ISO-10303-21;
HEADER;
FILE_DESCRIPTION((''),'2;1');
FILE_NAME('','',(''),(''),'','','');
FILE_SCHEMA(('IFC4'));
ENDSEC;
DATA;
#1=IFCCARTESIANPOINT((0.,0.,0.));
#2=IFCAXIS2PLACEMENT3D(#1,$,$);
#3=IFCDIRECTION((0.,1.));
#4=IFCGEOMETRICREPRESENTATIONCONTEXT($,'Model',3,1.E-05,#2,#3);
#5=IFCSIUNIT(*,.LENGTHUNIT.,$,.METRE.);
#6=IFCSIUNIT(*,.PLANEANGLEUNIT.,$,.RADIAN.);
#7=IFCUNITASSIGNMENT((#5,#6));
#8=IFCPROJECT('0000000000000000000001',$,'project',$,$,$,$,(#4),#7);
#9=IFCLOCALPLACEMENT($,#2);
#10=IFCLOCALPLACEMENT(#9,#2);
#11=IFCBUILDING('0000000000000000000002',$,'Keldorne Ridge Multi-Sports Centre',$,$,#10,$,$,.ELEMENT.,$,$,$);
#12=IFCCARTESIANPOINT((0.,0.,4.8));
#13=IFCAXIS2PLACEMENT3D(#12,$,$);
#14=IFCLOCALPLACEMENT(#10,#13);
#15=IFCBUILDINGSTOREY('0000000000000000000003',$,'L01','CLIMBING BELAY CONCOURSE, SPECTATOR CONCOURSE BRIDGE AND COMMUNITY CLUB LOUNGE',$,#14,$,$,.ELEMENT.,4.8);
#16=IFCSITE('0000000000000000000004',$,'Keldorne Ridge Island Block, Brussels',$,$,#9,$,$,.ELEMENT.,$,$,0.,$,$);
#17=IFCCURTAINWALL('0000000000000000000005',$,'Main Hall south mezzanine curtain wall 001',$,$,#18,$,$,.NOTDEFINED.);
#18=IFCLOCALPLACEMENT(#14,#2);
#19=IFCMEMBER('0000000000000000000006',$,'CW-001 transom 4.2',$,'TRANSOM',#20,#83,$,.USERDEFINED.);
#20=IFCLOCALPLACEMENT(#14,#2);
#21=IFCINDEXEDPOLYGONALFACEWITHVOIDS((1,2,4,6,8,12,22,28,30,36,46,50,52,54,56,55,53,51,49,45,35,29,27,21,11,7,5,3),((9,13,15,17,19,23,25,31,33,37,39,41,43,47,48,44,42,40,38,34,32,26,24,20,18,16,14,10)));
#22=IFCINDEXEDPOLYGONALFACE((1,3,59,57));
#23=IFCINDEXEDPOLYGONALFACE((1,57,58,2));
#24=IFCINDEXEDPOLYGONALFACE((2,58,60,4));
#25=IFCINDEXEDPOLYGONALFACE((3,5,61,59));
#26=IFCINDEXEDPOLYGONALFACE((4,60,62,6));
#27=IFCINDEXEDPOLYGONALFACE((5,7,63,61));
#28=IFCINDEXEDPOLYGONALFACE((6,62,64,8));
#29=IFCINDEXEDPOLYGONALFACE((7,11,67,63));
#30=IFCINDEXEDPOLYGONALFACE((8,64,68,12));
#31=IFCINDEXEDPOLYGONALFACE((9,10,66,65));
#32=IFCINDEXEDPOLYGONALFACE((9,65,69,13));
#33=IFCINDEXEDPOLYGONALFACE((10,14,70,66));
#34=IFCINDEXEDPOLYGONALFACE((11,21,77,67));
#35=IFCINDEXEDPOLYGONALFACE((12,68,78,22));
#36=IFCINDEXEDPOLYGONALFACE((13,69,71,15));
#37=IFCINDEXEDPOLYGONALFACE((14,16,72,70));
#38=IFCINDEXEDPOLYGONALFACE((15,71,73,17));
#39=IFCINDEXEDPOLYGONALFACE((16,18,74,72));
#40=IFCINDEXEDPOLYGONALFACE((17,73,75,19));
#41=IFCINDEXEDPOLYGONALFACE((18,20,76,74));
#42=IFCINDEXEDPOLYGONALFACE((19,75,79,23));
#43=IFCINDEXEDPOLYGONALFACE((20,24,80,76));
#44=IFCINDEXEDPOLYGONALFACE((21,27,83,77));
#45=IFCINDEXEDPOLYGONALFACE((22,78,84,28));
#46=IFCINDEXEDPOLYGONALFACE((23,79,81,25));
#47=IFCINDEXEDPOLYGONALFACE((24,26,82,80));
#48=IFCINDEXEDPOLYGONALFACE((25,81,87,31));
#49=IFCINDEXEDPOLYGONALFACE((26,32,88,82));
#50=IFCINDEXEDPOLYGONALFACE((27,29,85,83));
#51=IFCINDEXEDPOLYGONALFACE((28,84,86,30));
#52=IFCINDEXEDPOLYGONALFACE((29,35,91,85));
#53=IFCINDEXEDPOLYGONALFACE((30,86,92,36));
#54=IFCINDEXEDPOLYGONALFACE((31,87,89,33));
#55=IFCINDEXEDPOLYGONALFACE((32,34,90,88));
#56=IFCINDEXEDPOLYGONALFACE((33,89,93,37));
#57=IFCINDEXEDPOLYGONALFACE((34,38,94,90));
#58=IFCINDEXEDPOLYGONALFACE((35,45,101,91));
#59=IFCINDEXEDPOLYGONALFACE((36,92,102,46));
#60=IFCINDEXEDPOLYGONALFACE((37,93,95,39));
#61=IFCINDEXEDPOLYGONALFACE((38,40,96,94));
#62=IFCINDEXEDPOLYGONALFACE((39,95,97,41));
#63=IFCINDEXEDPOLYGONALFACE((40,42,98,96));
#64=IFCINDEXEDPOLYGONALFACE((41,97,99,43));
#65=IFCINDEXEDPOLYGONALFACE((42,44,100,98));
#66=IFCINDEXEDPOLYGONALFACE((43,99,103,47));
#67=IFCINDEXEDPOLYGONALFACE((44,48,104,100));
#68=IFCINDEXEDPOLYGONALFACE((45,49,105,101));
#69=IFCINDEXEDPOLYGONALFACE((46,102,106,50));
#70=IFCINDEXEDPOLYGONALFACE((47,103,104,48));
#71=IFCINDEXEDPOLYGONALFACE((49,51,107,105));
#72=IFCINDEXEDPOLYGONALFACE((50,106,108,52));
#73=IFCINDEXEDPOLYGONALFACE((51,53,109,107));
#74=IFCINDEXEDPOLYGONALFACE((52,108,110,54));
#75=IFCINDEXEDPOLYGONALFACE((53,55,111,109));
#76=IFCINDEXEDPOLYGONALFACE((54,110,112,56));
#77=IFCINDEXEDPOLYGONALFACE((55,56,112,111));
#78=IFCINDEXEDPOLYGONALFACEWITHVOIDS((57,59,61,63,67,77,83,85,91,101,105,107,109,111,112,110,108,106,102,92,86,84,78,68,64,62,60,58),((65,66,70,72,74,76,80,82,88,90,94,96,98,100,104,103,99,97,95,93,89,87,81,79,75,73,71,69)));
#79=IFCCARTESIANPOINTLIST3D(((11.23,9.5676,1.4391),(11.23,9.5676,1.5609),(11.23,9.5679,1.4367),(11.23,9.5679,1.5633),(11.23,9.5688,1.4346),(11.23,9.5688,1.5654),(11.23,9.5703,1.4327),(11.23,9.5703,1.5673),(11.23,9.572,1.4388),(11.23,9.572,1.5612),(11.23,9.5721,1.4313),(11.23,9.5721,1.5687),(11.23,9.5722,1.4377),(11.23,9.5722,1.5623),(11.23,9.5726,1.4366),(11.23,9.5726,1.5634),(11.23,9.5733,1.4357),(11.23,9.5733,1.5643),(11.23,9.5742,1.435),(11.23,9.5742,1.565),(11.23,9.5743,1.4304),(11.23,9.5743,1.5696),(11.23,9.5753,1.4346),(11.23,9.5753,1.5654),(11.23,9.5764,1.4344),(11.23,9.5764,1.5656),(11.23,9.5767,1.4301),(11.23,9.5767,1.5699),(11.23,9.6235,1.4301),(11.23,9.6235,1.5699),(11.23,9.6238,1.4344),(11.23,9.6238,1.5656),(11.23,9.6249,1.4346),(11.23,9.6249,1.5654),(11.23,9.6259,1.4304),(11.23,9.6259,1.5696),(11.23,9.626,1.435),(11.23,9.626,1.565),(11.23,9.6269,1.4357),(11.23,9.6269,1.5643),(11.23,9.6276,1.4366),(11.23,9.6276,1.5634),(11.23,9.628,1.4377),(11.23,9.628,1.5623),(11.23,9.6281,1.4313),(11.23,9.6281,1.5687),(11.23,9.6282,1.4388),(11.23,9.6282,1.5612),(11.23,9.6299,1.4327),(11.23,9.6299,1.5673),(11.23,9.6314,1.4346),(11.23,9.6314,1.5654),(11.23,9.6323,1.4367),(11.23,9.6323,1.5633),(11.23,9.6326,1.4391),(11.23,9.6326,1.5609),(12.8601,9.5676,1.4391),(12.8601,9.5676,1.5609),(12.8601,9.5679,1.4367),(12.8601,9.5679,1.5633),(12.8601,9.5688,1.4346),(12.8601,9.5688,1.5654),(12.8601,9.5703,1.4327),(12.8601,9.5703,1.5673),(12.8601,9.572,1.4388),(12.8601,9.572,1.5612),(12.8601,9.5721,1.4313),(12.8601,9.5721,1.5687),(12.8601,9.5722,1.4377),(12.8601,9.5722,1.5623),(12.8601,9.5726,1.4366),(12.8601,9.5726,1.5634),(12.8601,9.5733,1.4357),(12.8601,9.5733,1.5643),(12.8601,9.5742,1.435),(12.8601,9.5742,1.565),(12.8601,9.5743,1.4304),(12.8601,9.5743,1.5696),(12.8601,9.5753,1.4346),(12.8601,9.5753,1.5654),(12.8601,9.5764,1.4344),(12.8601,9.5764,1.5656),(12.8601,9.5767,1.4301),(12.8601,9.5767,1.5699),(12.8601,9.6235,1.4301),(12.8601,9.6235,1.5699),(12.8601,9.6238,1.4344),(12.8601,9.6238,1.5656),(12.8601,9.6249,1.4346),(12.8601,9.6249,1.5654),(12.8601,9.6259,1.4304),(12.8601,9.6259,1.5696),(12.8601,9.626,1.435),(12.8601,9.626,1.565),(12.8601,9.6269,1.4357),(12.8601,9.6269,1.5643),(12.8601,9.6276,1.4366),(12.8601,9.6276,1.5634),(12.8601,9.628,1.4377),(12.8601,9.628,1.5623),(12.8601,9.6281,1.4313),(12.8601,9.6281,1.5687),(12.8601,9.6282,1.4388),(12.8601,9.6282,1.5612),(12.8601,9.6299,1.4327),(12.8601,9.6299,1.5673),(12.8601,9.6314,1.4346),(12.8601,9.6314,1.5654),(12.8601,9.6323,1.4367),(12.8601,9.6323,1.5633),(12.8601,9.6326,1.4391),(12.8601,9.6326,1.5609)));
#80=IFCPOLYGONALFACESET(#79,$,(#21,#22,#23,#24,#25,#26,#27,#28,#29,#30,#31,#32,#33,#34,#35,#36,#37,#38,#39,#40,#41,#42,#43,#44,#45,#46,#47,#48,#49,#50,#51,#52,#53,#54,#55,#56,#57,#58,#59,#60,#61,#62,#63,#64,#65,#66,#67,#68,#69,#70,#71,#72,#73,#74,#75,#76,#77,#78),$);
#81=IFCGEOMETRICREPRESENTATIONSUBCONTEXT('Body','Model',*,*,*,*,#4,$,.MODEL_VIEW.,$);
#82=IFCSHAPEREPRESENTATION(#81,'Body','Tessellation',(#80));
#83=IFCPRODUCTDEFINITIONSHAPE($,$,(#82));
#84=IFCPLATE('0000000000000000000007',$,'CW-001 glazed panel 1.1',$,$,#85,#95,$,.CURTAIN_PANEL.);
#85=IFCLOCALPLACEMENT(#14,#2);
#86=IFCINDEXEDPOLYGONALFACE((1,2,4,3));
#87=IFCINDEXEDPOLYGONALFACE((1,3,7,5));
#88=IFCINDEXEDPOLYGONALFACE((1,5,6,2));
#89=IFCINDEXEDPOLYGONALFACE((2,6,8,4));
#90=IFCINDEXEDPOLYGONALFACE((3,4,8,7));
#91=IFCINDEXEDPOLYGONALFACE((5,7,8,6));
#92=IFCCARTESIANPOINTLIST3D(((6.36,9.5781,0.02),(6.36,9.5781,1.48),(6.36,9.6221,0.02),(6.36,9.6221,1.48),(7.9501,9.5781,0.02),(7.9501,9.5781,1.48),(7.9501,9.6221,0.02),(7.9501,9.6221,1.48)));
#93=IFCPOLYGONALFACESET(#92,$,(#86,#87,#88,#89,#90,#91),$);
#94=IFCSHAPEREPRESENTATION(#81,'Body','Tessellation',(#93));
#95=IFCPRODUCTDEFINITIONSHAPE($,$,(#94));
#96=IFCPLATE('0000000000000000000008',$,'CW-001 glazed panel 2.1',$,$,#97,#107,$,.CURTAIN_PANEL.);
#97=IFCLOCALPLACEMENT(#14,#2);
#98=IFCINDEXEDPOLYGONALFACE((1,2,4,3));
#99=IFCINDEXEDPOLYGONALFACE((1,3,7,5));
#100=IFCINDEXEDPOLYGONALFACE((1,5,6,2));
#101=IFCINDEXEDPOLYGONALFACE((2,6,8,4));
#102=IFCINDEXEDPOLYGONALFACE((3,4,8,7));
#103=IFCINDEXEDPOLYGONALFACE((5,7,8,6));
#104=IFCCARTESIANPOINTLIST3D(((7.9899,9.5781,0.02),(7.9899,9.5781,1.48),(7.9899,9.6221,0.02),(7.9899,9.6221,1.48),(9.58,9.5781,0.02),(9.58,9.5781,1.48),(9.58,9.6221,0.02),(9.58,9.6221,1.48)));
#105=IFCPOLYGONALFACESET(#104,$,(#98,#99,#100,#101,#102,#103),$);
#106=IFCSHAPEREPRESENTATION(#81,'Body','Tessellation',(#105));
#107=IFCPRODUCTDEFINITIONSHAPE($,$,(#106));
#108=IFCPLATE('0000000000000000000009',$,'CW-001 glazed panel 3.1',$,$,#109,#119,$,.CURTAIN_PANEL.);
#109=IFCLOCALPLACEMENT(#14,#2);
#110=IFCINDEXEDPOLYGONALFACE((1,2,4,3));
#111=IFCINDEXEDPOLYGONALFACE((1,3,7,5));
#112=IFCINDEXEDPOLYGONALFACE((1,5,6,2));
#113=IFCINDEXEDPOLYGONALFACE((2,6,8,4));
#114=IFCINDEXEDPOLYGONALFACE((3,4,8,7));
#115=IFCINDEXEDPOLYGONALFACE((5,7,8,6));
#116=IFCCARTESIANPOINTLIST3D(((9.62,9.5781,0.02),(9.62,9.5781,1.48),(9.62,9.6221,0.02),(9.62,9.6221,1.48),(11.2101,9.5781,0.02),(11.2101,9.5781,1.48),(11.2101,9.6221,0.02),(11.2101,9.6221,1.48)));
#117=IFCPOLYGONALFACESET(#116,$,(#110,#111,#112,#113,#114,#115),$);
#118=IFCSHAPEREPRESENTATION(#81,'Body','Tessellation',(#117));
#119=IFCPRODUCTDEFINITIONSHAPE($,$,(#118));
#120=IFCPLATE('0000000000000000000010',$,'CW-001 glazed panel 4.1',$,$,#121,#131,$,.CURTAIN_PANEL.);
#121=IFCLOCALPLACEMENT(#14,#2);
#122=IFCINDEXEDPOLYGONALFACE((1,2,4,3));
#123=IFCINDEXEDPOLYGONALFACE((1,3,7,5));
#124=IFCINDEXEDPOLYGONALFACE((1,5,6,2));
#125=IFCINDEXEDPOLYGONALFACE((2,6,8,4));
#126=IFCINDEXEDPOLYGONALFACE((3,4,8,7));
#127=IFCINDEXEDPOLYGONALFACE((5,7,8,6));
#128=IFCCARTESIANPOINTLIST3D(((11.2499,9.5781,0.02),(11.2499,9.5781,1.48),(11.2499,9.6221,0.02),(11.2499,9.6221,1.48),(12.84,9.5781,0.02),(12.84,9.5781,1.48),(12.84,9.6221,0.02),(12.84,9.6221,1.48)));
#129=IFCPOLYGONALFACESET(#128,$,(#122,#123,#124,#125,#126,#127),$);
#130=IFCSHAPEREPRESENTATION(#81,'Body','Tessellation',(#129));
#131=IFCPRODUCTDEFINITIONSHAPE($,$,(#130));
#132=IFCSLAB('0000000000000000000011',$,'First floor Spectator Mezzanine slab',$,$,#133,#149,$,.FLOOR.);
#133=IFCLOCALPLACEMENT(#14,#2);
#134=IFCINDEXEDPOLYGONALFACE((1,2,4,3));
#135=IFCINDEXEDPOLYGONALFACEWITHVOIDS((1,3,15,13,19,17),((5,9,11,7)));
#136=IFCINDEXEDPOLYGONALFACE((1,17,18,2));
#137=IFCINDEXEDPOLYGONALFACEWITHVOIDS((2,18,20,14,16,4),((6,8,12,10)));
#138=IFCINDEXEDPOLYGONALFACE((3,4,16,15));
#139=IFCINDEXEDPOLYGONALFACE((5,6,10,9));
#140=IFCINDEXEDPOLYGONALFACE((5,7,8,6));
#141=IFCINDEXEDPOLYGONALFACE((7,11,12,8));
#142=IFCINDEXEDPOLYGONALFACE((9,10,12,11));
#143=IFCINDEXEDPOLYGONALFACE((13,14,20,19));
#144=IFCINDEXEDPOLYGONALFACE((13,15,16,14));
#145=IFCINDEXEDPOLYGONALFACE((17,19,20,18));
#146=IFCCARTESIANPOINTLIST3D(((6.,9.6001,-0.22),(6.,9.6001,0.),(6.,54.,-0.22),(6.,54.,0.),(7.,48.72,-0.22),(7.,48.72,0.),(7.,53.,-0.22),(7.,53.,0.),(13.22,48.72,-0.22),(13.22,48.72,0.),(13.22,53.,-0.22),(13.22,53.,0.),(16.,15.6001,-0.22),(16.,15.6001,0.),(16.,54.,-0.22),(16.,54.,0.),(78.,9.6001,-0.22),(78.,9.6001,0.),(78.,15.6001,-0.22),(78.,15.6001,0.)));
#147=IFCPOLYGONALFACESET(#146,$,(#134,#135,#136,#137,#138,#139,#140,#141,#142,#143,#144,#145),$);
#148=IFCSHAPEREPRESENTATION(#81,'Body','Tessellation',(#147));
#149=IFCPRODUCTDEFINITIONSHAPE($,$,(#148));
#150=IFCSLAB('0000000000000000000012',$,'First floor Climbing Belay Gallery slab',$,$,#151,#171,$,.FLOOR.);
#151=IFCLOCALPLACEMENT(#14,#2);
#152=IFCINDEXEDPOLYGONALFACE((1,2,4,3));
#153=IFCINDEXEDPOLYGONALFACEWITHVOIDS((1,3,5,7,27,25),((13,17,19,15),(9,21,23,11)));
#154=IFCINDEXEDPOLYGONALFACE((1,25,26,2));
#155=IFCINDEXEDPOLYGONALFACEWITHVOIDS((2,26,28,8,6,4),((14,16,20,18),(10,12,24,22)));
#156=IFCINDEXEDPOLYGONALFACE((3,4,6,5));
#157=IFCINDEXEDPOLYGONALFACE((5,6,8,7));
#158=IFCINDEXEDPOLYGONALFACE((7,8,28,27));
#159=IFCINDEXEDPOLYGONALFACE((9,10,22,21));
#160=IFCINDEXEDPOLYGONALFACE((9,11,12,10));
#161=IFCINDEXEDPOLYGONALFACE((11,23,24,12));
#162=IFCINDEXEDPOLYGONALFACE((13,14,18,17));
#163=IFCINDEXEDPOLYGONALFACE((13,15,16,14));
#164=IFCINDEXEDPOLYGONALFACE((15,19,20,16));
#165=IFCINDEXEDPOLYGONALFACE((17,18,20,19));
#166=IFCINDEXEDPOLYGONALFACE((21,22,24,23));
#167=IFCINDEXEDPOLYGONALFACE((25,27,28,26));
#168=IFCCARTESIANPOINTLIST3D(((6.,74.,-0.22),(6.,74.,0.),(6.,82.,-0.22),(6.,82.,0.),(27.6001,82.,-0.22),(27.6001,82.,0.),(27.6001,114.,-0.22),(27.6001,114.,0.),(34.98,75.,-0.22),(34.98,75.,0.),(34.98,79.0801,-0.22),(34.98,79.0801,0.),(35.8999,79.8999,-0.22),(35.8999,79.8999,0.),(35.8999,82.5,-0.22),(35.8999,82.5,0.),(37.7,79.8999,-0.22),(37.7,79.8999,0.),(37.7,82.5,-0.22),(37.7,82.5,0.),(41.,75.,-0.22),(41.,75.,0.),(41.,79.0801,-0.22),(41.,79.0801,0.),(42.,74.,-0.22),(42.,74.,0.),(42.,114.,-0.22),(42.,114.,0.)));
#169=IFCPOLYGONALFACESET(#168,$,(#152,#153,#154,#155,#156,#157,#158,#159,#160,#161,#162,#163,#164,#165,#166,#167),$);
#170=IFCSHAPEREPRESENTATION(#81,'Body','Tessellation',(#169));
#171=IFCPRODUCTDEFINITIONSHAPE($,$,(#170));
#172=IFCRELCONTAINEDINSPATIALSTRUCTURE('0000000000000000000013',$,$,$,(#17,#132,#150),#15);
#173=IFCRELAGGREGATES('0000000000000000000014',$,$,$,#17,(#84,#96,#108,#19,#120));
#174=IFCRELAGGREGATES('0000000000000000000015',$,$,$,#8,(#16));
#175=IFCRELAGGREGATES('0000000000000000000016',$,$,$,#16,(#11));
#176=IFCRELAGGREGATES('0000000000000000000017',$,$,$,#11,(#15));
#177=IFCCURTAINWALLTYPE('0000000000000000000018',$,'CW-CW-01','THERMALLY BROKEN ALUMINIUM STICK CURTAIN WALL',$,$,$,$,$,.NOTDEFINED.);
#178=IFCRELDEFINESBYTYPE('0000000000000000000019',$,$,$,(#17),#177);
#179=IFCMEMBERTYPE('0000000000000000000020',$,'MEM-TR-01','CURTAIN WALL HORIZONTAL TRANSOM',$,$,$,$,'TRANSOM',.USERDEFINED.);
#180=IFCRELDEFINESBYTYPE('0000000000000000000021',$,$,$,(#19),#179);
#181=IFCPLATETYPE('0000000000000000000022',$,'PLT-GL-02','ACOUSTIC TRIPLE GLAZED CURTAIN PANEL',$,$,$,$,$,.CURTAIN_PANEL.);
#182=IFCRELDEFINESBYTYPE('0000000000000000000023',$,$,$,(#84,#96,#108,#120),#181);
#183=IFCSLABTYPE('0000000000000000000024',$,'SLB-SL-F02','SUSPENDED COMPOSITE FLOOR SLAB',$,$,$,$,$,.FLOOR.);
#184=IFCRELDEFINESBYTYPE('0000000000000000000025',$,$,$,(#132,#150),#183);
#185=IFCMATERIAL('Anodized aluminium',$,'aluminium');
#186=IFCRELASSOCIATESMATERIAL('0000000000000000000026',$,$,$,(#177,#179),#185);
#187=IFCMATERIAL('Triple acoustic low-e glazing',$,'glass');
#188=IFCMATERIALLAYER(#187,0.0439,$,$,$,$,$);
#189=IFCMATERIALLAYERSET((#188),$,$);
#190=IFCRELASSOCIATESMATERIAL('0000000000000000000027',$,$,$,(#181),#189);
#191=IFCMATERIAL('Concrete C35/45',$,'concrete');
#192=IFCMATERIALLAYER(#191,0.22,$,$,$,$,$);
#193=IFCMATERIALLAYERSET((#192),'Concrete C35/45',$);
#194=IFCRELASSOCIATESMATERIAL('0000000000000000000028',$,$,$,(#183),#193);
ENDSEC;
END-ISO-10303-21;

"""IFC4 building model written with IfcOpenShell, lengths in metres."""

from ifc_helpers import new_model, si_unit, direction, frame, origin, origin_2d, place, context, subcontext, project, spatial, polyline, rectangle, hollow_rectangle, outline, extrude, material, layer, layer_set, material_profile, profile_set, type_object, element, aggregate, save


model = new_model("IFC4")

# Units and contexts
model_context = context("Model", 3, precision=1e-05, world=origin(), true_north=direction((0.0, 1.0)))
body_context = subcontext(model_context, "Body", "Model", "MODEL_VIEW")
ifc_project = project(units=[si_unit("LENGTHUNIT", "METRE"), si_unit("PLANEANGLEUNIT", "RADIAN")], contexts=[model_context])

# Site, building, storey
site_placement = place(None, origin())
site = spatial("IfcSite", under=ifc_project, at=site_placement, Name="Keldorne Ridge Island Block, Brussels", CompositionType="ELEMENT", RefElevation=0.0)
building_placement = place(site_placement, origin())
building = spatial("IfcBuilding", under=site, at=building_placement, Name="Keldorne Ridge Multi-Sports Centre", CompositionType="ELEMENT")
storey_placement = place(building_placement, frame((0.0, 0.0, 4.8)))
storey = spatial("IfcBuildingStorey", under=building, at=storey_placement, Name="L01", Description="CLIMBING BELAY CONCOURSE, SPECTATOR CONCOURSE BRIDGE AND COMMUNITY CLUB LOUNGE", CompositionType="ELEMENT", Elevation=4.8)

# Curtain wall, member, plates
ifc_material_1 = material(Name="Anodized aluminium", Category="aluminium")
curtain_wall_type = type_object("IfcCurtainWallType", Name="CW-CW-01", Description="THERMALLY BROKEN ALUMINIUM STICK CURTAIN WALL", PredefinedType="NOTDEFINED", material=ifc_material_1)
curtain_wall_placement = place(storey_placement, origin())
curtain_wall = element("IfcCurtainWall", 1, at=curtain_wall_placement, inside=storey, type_object=curtain_wall_type, Name="Main Hall south mezzanine curtain wall 001", PredefinedType="NOTDEFINED")
ifc_material_profile_1 = material_profile(ifc_material_1, hollow_rectangle(XDim=0.0649, YDim=0.1399, WallThickness=0.0044, InnerFilletRadius=0.0044, OuterFilletRadius=0.009, at=origin_2d()), Name="ALU TRANSOM 140x65x4.5")
ifc_profile_set_1 = profile_set([ifc_material_profile_1], Name="Anodized aluminium")
member_type_1 = type_object("IfcMemberType", Name="MEM-TR-01", Description="CURTAIN WALL HORIZONTAL TRANSOM", ElementType="TRANSOM", PredefinedType="USERDEFINED", material=ifc_profile_set_1)
member_1_placement = place(storey_placement, frame((11.23, 9.6001, 1.5), z_axis=(1.0, 0.0, 0.0), x_axis=(0.0, 1.0, 0.0)))
member_1 = element("IfcMember", 2, at=member_1_placement, type_object=member_type_1, Name="CW-001 transom 4.2", ObjectType="TRANSOM", PredefinedType="USERDEFINED", context=body_context, shape_type="SweptSolid", body=[
    extrude(hollow_rectangle(XDim=0.0649, YDim=0.1399, WallThickness=0.0044, InnerFilletRadius=0.0044, OuterFilletRadius=0.009, at=origin_2d()), origin(), (0.0, 0.0, 1.0), 1.6301),
])
ifc_material_2 = material(Name="Triple acoustic low-e glazing", Category="glass")
ifc_layer_1 = layer(ifc_material_2, 0.0439)
ifc_layer_set_1 = layer_set([ifc_layer_1])
plate_type = type_object("IfcPlateType", Name="PLT-GL-02", Description="ACOUSTIC TRIPLE GLAZED CURTAIN PANEL", PredefinedType="CURTAIN_PANEL", material=ifc_layer_set_1)
plate_1_placement = place(storey_placement, frame((7.155, 9.6001, 0.02), z_axis=(0.0, 0.0, 1.0), x_axis=(1.0, 0.0, 0.0)))
plate_1 = element("IfcPlate", 3, at=plate_1_placement, type_object=plate_type, Name="CW-001 glazed panel 1.1", PredefinedType="CURTAIN_PANEL", context=body_context, shape_type="SweptSolid", body=[
    extrude(rectangle(XDim=1.5901, YDim=0.0439, at=origin_2d()), origin(), (0.0, 0.0, 1.0), 1.46),
])
plate_2_placement = place(storey_placement, frame((8.7849, 9.6001, 0.02), z_axis=(0.0, 0.0, 1.0), x_axis=(1.0, 0.0, 0.0)))
plate_2 = element("IfcPlate", 4, at=plate_2_placement, type_object=plate_type, Name="CW-001 glazed panel 2.1", PredefinedType="CURTAIN_PANEL", context=body_context, shape_type="SweptSolid", body=[
    extrude(rectangle(XDim=1.5901, YDim=0.0439, at=origin_2d()), origin(), (0.0, 0.0, 1.0), 1.46),
])
plate_3_placement = place(storey_placement, frame((10.415, 9.6001, 0.02), z_axis=(0.0, 0.0, 1.0), x_axis=(1.0, 0.0, 0.0)))
plate_3 = element("IfcPlate", 5, at=plate_3_placement, type_object=plate_type, Name="CW-001 glazed panel 3.1", PredefinedType="CURTAIN_PANEL", context=body_context, shape_type="SweptSolid", body=[
    extrude(rectangle(XDim=1.5901, YDim=0.0439, at=origin_2d()), origin(), (0.0, 0.0, 1.0), 1.46),
])
plate_4_placement = place(storey_placement, frame((12.0449, 9.6001, 0.02), z_axis=(0.0, 0.0, 1.0), x_axis=(1.0, 0.0, 0.0)))
plate_4 = element("IfcPlate", 6, at=plate_4_placement, type_object=plate_type, Name="CW-001 glazed panel 4.1", PredefinedType="CURTAIN_PANEL", context=body_context, shape_type="SweptSolid", body=[
    extrude(rectangle(XDim=1.5901, YDim=0.0439, at=origin_2d()), origin(), (0.0, 0.0, 1.0), 1.46),
])
aggregate(curtain_wall, [plate_1, plate_2, plate_3, member_1, plate_4])

# Slabs
ifc_material_3 = material(Name="Concrete C35/45", Category="concrete")
ifc_layer_2 = layer(ifc_material_3, 0.22)
ifc_layer_set_2 = layer_set([ifc_layer_2], Name="Concrete C35/45")
slab_type_1 = type_object("IfcSlabType", Name="SLB-SL-F02", Description="SUSPENDED COMPOSITE FLOOR SLAB", PredefinedType="FLOOR", material=ifc_layer_set_2)
slab_1_placement = place(storey_placement, frame((0.0, 0.0, -0.22)))
element("IfcSlab", 7, at=slab_1_placement, inside=storey, type_object=slab_type_1, Name="First floor Spectator Mezzanine slab", PredefinedType="FLOOR", context=body_context, shape_type="SweptSolid", body=[
    extrude(outline(polyline([(6.0, 9.6001), (78.0, 9.6001), (78.0, 15.6001), (16.0, 15.6001), (16.0, 54.0), (6.0, 54.0), (6.0, 9.6001)]), holes=[polyline([(7.0, 48.72), (7.0, 53.0), (13.22, 53.0), (13.22, 48.72), (7.0, 48.72)])]), origin(), (0.0, 0.0, 1.0), 0.22),
])
slab_2_placement = place(storey_placement, frame((0.0, 0.0, -0.22)))
element("IfcSlab", 8, at=slab_2_placement, inside=storey, type_object=slab_type_1, Name="First floor Climbing Belay Gallery slab", PredefinedType="FLOOR", context=body_context, shape_type="SweptSolid", body=[
    extrude(outline(polyline([(6.0, 74.0), (42.0, 74.0), (42.0, 114.0), (27.6001, 114.0), (27.6001, 82.0), (6.0, 82.0), (6.0, 74.0)]), holes=[polyline([(34.98, 75.0), (34.98, 79.0801), (41.0, 79.0801), (41.0, 75.0), (34.98, 75.0)]), polyline([(35.8999, 79.8999), (35.8999, 82.5), (37.7, 82.5), (37.7, 79.8999), (35.8999, 79.8999)])]), origin(), (0.0, 0.0, 1.0), 0.22),
])

save(model, "model.ifc")
